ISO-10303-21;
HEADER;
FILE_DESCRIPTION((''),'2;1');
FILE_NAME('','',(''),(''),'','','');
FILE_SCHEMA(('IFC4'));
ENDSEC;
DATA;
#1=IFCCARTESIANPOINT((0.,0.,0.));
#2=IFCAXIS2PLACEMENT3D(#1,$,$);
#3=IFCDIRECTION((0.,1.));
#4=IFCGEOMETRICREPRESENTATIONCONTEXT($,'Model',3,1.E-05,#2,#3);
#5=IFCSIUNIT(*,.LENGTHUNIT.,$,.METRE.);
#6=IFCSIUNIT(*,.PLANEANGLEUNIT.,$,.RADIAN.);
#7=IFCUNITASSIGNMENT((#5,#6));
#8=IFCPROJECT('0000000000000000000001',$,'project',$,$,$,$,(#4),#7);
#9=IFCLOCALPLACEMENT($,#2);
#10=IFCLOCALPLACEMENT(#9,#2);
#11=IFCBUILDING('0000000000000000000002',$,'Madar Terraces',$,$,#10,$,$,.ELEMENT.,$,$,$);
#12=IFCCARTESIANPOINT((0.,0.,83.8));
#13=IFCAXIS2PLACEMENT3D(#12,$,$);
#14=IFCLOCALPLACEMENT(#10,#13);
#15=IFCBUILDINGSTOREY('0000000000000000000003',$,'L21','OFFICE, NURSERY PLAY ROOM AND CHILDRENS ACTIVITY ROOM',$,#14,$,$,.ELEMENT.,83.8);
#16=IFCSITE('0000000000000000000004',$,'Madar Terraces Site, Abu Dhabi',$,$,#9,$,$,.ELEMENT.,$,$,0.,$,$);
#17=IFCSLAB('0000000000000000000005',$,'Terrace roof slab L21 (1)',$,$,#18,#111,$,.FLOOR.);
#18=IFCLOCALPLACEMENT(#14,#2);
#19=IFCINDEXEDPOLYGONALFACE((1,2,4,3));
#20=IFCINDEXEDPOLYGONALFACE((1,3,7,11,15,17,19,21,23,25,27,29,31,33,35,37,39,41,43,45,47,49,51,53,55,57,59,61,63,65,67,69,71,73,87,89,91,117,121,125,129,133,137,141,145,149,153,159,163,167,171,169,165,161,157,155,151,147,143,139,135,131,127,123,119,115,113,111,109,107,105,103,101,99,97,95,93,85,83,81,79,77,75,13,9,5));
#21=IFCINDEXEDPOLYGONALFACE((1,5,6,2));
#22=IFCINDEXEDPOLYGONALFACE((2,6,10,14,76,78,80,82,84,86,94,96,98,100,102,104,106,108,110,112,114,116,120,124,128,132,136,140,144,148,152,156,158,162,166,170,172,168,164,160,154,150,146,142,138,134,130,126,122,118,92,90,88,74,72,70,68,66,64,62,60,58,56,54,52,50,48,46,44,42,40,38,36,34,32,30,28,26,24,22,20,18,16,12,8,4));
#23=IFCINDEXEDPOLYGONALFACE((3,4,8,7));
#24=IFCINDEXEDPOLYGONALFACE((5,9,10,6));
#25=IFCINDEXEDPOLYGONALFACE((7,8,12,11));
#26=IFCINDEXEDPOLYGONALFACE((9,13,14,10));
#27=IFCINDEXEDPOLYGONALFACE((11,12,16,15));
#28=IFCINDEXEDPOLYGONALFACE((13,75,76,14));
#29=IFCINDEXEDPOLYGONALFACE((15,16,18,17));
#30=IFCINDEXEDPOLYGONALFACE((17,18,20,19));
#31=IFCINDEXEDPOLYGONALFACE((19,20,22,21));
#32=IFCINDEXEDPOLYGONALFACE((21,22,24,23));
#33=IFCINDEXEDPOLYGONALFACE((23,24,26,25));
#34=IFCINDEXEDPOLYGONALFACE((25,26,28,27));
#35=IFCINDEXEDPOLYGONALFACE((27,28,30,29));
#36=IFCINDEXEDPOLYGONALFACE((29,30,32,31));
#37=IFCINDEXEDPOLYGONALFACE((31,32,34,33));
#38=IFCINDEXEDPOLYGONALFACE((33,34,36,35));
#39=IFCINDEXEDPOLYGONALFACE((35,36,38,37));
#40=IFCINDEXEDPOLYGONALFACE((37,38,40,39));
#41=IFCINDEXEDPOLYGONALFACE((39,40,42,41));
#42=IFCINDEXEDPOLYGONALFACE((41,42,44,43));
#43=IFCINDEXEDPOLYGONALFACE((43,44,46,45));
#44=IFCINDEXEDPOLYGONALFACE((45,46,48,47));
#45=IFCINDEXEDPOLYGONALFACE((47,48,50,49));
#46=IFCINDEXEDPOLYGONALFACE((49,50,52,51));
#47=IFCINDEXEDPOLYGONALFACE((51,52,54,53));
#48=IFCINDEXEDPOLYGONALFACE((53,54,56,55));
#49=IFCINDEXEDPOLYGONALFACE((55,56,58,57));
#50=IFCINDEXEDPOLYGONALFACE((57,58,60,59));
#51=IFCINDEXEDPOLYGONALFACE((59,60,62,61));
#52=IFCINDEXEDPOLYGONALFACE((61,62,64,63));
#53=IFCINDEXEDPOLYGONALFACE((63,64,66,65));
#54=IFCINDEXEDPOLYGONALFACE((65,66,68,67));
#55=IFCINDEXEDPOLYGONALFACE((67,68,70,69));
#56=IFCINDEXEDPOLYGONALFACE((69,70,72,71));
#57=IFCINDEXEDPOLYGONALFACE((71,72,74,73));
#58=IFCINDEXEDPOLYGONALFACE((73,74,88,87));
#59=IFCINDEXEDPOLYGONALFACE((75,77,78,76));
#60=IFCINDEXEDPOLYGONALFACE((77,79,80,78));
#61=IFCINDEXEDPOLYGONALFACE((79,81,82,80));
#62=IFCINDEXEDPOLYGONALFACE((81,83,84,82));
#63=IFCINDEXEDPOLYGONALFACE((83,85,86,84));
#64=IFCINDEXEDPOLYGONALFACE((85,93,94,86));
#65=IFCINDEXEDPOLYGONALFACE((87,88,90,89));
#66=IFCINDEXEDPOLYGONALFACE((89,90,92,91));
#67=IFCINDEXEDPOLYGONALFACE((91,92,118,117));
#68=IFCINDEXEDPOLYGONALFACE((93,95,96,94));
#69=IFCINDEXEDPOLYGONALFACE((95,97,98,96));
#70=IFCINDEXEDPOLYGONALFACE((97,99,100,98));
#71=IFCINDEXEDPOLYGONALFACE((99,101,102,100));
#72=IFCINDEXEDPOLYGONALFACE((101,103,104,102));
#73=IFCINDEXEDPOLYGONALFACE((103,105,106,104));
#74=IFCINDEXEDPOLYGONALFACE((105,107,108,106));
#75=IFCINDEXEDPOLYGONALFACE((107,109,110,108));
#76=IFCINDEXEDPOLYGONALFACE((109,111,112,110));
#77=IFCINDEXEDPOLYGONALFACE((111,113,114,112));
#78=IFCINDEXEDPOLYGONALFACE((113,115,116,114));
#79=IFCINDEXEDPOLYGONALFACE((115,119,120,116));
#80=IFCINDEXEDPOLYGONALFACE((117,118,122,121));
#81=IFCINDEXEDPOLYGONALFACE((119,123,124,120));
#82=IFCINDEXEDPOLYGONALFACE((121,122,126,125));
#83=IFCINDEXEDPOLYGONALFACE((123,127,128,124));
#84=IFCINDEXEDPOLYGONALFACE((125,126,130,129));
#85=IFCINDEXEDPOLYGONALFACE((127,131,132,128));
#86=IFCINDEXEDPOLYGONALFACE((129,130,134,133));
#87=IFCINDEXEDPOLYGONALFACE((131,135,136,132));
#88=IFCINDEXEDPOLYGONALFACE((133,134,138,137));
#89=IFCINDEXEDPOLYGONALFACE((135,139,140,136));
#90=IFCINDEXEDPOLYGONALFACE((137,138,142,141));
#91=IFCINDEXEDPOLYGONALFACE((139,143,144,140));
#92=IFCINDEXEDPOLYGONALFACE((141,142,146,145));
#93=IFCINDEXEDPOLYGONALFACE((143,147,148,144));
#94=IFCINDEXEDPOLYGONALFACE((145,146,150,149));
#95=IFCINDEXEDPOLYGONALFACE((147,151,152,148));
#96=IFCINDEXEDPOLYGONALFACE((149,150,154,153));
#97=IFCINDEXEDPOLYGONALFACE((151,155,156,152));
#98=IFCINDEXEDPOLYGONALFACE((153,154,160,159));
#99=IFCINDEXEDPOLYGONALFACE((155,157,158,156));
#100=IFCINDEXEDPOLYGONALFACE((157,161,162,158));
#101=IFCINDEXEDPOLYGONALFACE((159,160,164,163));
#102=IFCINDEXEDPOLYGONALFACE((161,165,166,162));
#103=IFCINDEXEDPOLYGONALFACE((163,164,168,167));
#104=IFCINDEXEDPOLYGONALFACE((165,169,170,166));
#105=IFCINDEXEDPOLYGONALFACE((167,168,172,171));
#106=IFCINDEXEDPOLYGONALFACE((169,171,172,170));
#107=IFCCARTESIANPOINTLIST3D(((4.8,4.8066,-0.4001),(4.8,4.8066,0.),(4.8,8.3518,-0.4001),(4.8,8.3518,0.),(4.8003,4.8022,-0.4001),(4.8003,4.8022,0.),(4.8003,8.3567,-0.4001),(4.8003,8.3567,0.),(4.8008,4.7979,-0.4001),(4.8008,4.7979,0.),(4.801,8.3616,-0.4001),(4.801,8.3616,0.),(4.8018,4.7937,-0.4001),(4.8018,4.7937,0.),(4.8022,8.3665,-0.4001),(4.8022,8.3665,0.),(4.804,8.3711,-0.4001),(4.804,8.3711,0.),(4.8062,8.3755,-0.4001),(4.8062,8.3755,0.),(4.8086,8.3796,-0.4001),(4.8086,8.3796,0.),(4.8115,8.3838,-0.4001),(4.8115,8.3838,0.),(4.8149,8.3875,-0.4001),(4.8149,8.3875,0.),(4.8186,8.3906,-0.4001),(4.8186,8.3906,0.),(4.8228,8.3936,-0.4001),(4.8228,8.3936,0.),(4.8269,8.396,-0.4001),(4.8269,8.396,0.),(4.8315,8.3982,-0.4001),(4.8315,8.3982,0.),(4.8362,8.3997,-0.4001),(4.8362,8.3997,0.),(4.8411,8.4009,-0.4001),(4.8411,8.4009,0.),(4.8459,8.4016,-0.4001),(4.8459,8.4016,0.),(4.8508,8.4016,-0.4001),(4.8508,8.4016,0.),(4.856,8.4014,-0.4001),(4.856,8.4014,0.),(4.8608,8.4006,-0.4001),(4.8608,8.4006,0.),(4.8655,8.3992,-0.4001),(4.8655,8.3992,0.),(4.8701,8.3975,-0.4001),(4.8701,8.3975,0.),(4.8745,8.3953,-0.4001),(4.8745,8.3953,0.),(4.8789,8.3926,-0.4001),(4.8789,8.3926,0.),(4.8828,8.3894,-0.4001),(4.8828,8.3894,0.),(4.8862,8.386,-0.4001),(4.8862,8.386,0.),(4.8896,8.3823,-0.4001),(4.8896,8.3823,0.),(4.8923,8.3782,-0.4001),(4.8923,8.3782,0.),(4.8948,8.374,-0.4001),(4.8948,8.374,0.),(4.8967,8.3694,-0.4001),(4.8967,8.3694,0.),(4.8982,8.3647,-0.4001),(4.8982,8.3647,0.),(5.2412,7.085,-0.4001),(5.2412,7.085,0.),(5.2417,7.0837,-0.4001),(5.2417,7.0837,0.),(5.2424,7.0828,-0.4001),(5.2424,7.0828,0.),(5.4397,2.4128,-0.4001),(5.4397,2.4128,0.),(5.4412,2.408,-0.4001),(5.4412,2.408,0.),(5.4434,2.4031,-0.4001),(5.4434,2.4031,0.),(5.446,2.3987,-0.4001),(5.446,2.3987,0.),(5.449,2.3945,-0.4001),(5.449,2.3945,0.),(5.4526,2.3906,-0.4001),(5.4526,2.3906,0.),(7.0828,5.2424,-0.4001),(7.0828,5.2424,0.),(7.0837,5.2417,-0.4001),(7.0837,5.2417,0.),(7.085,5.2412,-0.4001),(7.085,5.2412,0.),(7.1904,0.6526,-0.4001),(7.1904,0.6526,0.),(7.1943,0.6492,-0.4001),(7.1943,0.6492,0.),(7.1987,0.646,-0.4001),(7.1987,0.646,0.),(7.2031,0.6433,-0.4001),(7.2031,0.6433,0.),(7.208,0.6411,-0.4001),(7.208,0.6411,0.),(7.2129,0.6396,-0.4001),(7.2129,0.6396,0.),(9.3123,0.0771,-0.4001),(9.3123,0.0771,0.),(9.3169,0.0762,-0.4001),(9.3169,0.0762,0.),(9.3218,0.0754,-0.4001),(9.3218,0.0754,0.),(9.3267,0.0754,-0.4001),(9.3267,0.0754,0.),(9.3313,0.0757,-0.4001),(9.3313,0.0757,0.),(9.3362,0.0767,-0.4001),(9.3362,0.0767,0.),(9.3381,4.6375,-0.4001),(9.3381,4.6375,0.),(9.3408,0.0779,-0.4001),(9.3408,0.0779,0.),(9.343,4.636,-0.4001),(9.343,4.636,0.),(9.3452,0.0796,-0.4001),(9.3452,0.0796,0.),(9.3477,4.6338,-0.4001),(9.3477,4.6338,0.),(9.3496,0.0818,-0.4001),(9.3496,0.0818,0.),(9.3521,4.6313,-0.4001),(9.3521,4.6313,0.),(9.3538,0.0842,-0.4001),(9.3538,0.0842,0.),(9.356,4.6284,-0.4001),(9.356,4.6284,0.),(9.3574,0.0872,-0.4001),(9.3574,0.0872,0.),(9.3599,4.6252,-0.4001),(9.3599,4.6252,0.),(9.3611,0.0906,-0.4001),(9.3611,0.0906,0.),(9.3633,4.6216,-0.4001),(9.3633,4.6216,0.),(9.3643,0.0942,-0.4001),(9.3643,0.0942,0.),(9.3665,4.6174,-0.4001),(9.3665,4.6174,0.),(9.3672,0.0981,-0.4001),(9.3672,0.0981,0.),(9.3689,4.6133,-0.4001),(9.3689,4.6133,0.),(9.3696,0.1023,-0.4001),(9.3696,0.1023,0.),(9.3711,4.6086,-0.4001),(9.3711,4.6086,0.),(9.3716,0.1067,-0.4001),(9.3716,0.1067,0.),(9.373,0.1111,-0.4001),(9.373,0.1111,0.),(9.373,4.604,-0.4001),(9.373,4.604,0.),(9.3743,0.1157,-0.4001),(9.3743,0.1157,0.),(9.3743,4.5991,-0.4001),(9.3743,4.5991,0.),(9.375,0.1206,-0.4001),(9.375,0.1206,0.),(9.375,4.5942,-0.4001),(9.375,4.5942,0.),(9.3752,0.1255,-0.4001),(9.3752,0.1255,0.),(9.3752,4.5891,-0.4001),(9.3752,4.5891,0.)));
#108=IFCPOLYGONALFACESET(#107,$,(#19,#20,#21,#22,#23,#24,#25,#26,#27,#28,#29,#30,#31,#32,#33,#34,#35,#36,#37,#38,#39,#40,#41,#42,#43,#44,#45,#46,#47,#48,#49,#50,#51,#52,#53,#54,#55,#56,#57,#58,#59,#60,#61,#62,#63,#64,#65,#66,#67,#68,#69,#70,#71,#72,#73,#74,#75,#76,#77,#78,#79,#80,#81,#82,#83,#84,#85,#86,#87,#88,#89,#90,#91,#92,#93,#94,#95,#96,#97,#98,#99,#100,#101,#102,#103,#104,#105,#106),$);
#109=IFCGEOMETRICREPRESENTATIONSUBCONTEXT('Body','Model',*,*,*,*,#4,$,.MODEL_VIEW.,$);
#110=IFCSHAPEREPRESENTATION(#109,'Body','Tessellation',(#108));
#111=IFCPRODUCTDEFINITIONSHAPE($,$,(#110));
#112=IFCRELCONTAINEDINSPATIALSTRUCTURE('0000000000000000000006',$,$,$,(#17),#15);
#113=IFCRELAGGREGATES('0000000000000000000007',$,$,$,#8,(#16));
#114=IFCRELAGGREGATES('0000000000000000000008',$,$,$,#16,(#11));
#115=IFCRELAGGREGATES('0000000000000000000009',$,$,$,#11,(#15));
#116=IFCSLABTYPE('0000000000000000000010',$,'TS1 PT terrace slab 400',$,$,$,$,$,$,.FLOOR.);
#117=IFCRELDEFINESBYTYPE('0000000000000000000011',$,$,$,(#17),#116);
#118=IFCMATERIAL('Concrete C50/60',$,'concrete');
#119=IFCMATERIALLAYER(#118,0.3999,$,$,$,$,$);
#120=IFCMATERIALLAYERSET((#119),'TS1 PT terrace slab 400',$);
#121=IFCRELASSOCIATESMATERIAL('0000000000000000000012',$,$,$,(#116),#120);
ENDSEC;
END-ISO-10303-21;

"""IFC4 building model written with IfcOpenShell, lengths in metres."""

from ifc_helpers import new_model, si_unit, direction, frame, origin, place, context, subcontext, project, spatial, polyline, outline, extrude, material, layer, layer_set, type_object, element, save


model = new_model("IFC4")

# Units and contexts
model_context = context("Model", 3, precision=1e-05, world=origin(), true_north=direction((0.0, 1.0)))
body_context = subcontext(model_context, "Body", "Model", "MODEL_VIEW")
ifc_project = project(units=[si_unit("LENGTHUNIT", "METRE"), si_unit("PLANEANGLEUNIT", "RADIAN")], contexts=[model_context])

# Site, building, storey
site_placement = place(None, origin())
site = spatial("IfcSite", under=ifc_project, at=site_placement, Name="Madar Terraces Site, Abu Dhabi", CompositionType="ELEMENT", RefElevation=0.0)
building_placement = place(site_placement, origin())
building = spatial("IfcBuilding", under=site, at=building_placement, Name="Madar Terraces", CompositionType="ELEMENT")
storey_placement = place(building_placement, frame((0.0, 0.0, 83.8)))
storey = spatial("IfcBuildingStorey", under=building, at=storey_placement, Name="L21", Description="OFFICE, NURSERY PLAY ROOM AND CHILDRENS ACTIVITY ROOM", CompositionType="ELEMENT", Elevation=83.8)

# Slab
ifc_material_1 = material(Name="Concrete C50/60", Category="concrete")
ifc_layer_1 = layer(ifc_material_1, 0.3999)
ifc_layer_set_1 = layer_set([ifc_layer_1], Name="TS1 PT terrace slab 400")
slab_type_1 = type_object("IfcSlabType", Name="TS1 PT terrace slab 400", PredefinedType="FLOOR", material=ifc_layer_set_1)
slab_1_placement = place(storey_placement, frame((0.0, 0.0, -0.4001)))
element("IfcSlab", 1, at=slab_1_placement, inside=storey, type_object=slab_type_1, Name="Terrace roof slab L21 (1)", PredefinedType="FLOOR", context=body_context, shape_type="SweptSolid", body=[
    extrude(outline(polyline([(7.0828, 5.2424), (5.2424, 7.0828), (5.2417, 7.0837), (5.2412, 7.085), (4.8982, 8.3647), (4.8967, 8.3694), (4.8948, 8.374), (4.8923, 8.3782), (4.8896, 8.3823), (4.8862, 8.386), (4.8828, 8.3894), (4.8789, 8.3926), (4.8745, 8.3953), (4.8701, 8.3975), (4.8655, 8.3992), (4.8608, 8.4006), (4.856, 8.4014), (4.8508, 8.4016), (4.8459, 8.4016), (4.8411, 8.4009), (4.8362, 8.3997), (4.8315, 8.3982), (4.8269, 8.396), (4.8228, 8.3936), (4.8186, 8.3906), (4.8149, 8.3875), (4.8115, 8.3838), (4.8086, 8.3796), (4.8062, 8.3755), (4.804, 8.3711), (4.8022, 8.3665), (4.801, 8.3616), (4.8003, 8.3567), (4.8, 8.3518), (4.8, 4.8066), (4.8003, 4.8022), (4.8008, 4.7979), (4.8018, 4.7937), (5.4397, 2.4128), (5.4412, 2.408), (5.4434, 2.4031), (5.446, 2.3987), (5.449, 2.3945), (5.4526, 2.3906), (7.1904, 0.6526), (7.1943, 0.6492), (7.1987, 0.646), (7.2031, 0.6433), (7.208, 0.6411), (7.2129, 0.6396), (9.3123, 0.0771), (9.3169, 0.0762), (9.3218, 0.0754), (9.3267, 0.0754), (9.3313, 0.0757), (9.3362, 0.0767), (9.3408, 0.0779), (9.3452, 0.0796), (9.3496, 0.0818), (9.3538, 0.0842), (9.3574, 0.0872), (9.3611, 0.0906), (9.3643, 0.0942), (9.3672, 0.0981), (9.3696, 0.1023), (9.3716, 0.1067), (9.373, 0.1111), (9.3743, 0.1157), (9.375, 0.1206), (9.3752, 0.1255), (9.3752, 4.5891), (9.375, 4.5942), (9.3743, 4.5991), (9.373, 4.604), (9.3711, 4.6086), (9.3689, 4.6133), (9.3665, 4.6174), (9.3633, 4.6216), (9.3599, 4.6252), (9.356, 4.6284), (9.3521, 4.6313), (9.3477, 4.6338), (9.343, 4.636), (9.3381, 4.6375), (7.085, 5.2412), (7.0837, 5.2417), (7.0828, 5.2424)])), origin(), (0.0, 0.0, 1.0), 0.4001),
])

save(model, "model.ifc")
